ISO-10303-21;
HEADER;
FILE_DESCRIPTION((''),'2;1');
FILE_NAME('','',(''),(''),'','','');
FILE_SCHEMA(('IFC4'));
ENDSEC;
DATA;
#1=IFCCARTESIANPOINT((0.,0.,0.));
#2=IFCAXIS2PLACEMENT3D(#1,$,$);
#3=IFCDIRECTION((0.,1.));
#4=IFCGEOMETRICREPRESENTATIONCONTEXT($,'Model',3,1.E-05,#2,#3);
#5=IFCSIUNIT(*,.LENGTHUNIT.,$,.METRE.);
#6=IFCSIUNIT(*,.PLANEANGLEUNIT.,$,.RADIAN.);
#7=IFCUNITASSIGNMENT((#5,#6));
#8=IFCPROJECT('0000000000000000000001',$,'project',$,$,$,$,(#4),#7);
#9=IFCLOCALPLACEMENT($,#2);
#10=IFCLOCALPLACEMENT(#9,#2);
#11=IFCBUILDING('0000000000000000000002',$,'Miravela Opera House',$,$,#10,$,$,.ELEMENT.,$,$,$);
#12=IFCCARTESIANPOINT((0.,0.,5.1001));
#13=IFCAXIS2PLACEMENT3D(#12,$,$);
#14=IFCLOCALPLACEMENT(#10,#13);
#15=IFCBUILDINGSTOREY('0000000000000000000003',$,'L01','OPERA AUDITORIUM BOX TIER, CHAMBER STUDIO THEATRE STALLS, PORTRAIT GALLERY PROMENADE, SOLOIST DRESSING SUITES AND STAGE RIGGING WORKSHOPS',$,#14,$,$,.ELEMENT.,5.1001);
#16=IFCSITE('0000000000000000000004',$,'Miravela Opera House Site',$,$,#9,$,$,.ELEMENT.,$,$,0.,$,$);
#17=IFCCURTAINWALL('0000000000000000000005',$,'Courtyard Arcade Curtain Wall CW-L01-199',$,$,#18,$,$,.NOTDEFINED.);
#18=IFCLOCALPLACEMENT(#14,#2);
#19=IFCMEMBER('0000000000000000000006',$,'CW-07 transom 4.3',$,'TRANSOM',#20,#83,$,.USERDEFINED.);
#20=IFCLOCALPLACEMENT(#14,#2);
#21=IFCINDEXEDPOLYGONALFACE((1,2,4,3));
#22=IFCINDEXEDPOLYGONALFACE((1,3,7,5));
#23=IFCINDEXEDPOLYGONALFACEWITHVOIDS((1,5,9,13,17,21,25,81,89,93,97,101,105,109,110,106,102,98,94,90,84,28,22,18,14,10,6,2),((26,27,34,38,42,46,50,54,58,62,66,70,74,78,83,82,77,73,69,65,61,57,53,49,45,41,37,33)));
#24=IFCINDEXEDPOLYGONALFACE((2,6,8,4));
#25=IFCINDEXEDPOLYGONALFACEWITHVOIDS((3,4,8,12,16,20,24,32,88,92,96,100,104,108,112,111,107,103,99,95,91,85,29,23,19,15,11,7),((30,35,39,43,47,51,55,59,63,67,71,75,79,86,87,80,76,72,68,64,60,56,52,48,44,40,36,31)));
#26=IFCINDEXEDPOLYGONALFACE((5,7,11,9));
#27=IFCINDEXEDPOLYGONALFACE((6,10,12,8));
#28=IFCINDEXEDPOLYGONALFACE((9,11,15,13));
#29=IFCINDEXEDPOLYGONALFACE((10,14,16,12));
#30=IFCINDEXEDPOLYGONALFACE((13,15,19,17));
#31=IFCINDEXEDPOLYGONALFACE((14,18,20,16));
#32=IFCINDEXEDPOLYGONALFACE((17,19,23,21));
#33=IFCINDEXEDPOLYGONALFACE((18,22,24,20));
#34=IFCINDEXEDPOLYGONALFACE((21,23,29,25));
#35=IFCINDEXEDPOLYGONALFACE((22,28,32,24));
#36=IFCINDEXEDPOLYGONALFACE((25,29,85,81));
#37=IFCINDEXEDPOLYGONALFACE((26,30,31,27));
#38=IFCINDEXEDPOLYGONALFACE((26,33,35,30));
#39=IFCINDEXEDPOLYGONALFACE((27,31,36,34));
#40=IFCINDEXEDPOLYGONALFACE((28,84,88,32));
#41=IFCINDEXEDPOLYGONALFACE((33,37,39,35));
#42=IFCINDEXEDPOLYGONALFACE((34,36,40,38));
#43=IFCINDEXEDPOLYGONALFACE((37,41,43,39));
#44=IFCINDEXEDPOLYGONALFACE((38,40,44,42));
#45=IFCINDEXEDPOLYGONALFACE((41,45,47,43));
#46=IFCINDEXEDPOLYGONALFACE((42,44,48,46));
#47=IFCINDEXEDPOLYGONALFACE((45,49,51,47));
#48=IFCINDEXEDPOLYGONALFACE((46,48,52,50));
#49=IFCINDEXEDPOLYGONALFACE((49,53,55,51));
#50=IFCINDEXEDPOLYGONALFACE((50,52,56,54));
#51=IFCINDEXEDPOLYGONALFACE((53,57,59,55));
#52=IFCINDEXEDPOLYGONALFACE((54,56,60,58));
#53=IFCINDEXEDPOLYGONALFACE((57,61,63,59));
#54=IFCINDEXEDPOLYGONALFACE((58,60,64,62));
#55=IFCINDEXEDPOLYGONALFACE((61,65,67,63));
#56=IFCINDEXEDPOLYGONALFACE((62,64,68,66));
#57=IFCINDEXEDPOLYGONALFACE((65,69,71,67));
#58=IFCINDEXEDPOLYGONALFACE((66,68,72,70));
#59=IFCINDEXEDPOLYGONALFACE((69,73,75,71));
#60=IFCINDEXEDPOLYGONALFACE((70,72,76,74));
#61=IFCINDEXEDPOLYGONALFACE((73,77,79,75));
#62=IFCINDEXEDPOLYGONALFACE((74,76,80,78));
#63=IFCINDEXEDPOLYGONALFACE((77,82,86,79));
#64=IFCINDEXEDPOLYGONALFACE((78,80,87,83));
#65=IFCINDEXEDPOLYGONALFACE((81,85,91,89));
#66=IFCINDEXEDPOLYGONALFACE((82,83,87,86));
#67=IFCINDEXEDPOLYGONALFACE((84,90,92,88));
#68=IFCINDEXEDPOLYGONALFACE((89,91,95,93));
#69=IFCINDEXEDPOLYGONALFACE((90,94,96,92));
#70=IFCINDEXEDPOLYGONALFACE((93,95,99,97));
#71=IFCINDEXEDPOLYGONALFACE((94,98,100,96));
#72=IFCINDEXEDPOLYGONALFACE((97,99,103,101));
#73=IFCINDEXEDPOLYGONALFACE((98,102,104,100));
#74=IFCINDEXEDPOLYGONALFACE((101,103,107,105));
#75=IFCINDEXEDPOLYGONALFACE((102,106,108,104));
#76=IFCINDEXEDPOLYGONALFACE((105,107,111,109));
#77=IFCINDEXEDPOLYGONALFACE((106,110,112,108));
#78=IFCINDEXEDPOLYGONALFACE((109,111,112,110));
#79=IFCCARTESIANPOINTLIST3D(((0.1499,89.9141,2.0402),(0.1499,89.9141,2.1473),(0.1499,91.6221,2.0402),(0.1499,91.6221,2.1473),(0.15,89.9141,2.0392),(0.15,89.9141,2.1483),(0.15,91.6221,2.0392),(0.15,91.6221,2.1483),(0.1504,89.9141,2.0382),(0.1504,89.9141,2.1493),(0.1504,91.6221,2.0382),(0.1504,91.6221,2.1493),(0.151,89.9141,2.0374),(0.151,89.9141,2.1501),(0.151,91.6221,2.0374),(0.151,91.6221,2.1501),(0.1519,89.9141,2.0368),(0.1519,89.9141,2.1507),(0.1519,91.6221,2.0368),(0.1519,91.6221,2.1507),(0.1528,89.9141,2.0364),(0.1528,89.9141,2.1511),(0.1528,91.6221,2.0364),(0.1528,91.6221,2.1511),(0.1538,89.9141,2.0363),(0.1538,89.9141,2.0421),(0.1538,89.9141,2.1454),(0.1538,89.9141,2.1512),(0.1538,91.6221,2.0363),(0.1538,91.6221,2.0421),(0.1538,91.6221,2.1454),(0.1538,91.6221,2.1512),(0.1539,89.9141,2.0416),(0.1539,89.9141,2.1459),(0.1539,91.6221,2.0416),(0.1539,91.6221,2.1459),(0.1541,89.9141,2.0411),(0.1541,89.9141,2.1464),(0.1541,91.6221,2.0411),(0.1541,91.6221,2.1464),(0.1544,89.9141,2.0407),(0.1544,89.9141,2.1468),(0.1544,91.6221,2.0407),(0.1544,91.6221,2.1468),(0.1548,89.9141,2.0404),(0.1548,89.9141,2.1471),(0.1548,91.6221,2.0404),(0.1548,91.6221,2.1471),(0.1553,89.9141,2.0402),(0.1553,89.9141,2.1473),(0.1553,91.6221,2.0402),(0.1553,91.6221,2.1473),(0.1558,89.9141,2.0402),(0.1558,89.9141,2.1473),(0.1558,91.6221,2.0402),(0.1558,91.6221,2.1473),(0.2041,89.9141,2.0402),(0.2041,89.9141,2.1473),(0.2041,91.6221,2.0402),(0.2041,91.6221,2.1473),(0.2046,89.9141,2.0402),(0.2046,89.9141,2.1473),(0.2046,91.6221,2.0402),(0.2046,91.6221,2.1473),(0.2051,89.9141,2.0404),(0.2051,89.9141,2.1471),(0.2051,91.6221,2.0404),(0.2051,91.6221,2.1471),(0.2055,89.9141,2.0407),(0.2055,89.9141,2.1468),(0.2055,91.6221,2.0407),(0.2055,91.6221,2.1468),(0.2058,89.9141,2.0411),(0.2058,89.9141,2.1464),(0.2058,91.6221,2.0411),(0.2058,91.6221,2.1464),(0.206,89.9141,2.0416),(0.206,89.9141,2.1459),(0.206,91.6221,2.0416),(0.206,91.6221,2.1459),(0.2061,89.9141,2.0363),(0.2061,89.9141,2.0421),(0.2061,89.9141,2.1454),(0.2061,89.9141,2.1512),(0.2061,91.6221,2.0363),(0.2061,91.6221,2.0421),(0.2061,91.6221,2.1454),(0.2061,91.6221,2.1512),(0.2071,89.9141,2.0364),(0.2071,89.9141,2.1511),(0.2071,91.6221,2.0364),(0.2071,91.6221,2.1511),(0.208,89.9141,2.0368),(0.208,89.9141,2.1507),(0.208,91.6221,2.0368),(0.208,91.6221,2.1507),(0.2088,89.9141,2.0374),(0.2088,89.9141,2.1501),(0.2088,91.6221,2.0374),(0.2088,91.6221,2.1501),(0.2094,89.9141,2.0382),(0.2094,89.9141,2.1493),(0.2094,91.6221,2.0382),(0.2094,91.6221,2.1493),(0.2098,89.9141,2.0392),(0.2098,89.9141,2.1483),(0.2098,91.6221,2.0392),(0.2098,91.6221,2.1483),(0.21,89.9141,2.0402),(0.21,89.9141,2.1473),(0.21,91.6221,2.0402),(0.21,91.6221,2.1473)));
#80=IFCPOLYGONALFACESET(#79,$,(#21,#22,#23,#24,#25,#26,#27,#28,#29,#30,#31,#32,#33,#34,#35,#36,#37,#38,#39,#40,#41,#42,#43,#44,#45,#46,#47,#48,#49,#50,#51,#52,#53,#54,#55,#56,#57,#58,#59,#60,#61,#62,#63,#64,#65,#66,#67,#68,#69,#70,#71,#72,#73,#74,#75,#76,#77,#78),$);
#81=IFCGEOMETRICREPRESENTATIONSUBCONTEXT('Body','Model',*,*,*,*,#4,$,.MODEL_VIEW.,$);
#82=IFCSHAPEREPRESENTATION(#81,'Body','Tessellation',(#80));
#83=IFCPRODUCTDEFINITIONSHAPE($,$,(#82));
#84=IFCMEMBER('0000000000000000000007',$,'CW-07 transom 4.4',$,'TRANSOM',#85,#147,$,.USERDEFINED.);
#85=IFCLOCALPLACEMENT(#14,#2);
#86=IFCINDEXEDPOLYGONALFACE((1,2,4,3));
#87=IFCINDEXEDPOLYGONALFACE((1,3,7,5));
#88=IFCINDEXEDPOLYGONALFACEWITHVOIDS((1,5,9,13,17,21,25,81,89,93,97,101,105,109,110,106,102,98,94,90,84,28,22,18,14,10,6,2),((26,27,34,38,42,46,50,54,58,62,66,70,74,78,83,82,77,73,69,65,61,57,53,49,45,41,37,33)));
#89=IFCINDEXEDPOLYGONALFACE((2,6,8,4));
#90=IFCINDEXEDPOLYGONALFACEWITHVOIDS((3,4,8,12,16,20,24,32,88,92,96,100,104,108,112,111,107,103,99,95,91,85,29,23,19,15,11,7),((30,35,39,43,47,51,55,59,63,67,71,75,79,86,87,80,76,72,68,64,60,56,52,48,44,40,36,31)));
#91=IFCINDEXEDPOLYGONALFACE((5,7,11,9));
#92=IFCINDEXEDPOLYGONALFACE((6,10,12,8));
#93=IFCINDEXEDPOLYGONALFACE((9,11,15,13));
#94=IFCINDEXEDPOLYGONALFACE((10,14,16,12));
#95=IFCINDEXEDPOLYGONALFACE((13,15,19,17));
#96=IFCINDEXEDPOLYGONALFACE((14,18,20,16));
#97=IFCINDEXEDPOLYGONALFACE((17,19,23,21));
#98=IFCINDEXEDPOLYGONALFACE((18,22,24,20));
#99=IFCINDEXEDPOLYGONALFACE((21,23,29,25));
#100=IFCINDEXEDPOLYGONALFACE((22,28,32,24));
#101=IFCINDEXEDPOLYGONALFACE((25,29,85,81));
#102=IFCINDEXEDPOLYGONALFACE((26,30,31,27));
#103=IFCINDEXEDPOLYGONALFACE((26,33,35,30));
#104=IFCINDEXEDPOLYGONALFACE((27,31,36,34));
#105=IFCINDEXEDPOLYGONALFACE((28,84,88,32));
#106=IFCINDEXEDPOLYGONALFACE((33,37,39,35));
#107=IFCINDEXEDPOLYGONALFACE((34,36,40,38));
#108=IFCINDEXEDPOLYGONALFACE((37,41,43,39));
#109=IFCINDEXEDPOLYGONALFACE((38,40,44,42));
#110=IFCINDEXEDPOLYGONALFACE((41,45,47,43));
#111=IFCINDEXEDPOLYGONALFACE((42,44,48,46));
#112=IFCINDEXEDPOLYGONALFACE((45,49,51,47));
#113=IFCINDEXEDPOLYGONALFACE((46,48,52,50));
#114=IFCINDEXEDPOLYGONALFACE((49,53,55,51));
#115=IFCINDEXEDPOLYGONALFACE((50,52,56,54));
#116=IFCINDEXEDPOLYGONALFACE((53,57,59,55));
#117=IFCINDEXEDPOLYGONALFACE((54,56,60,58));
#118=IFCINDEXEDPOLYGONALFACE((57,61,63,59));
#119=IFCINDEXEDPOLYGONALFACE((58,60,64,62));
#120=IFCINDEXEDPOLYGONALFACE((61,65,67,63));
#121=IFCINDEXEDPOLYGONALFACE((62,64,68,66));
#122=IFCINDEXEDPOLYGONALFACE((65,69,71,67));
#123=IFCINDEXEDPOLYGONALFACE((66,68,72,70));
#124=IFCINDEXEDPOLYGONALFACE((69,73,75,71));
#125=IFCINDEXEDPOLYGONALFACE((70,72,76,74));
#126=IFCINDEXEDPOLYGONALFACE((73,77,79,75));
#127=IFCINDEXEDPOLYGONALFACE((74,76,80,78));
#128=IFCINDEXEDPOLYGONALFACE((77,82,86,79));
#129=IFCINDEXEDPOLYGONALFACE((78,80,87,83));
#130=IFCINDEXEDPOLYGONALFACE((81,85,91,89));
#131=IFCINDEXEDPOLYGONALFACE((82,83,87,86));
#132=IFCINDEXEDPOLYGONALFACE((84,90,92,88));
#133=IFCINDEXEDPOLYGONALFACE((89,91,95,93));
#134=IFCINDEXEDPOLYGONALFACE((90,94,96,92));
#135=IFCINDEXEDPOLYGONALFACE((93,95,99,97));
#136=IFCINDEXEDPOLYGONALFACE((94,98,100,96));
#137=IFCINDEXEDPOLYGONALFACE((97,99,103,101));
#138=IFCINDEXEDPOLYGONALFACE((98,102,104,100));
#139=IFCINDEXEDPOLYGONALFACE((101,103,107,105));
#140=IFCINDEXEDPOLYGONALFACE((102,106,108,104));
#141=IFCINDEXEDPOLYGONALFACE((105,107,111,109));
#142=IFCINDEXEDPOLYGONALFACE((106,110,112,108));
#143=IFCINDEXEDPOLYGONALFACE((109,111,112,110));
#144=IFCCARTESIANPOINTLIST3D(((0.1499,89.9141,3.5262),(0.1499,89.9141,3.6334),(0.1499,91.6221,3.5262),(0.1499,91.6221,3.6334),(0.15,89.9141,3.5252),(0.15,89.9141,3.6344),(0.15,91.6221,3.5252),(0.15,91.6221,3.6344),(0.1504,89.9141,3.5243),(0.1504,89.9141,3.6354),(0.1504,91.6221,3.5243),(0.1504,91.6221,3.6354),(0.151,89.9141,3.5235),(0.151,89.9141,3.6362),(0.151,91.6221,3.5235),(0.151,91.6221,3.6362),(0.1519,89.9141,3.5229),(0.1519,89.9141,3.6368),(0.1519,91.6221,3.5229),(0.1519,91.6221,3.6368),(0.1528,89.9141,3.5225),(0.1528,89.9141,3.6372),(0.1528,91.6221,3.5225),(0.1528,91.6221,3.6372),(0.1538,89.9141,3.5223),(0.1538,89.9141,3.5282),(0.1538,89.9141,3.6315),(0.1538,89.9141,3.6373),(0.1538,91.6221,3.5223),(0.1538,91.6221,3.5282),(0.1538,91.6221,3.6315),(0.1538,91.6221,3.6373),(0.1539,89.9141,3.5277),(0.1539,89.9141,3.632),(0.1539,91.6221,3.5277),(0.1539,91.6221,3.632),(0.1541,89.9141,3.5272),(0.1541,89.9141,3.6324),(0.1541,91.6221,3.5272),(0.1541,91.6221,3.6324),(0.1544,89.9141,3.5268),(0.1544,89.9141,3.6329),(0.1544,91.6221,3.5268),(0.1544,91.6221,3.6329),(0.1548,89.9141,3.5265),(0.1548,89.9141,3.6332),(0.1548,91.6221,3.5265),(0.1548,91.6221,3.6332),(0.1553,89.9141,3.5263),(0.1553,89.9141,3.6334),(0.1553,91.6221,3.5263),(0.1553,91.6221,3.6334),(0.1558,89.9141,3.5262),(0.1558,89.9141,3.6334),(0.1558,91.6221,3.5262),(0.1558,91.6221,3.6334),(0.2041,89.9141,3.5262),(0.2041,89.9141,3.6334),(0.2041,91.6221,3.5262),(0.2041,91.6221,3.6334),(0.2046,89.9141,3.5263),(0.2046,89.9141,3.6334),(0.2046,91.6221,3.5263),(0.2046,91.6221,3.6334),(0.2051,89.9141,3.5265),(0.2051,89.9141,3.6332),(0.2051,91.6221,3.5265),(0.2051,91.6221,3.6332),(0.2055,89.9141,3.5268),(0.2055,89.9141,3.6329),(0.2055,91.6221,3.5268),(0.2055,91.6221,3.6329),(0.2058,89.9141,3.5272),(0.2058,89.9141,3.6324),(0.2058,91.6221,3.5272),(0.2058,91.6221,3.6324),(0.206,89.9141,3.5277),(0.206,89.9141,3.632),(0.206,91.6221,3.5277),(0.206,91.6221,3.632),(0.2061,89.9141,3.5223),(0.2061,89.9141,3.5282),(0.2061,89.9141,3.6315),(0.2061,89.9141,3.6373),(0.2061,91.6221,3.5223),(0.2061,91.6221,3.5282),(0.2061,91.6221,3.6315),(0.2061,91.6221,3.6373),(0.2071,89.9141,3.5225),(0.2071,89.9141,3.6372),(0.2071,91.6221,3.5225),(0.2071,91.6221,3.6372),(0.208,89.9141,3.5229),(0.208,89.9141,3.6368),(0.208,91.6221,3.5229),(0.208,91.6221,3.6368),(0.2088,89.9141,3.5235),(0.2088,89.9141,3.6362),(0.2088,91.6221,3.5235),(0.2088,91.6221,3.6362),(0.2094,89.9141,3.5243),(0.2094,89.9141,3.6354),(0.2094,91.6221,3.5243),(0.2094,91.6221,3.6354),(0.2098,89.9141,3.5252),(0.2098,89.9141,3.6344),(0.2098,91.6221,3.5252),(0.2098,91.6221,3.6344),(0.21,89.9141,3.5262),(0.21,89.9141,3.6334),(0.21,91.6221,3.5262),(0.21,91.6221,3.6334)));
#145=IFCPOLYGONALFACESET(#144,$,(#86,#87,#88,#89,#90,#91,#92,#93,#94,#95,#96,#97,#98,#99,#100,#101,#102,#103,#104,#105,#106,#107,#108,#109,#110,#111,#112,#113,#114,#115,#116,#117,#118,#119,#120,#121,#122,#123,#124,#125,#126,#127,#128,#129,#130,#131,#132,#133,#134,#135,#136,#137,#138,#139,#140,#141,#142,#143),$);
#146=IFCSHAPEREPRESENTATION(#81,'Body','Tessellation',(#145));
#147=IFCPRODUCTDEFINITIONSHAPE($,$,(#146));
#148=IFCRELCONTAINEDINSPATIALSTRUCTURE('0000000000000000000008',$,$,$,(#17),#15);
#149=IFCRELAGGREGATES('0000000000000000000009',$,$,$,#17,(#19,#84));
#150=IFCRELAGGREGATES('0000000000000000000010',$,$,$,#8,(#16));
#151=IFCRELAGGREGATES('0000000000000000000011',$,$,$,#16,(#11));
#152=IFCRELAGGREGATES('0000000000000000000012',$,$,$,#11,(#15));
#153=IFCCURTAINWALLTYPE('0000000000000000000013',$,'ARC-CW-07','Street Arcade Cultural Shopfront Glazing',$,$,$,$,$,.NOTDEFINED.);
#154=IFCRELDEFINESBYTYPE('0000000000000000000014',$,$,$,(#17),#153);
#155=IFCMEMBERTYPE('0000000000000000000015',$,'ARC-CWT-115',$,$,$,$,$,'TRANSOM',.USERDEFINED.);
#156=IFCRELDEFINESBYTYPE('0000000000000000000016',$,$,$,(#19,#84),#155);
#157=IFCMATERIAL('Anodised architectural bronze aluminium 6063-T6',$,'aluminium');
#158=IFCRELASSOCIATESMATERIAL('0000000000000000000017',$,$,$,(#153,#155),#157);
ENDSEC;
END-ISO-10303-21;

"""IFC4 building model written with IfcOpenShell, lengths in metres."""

from ifc_helpers import new_model, si_unit, direction, frame, origin, origin_2d, place, context, subcontext, project, spatial, hollow_rectangle, extrude, material, material_profile, profile_set, type_object, element, aggregate, save


model = new_model("IFC4")

# Units and contexts
model_context = context("Model", 3, precision=1e-05, world=origin(), true_north=direction((0.0, 1.0)))
body_context = subcontext(model_context, "Body", "Model", "MODEL_VIEW")
ifc_project = project(units=[si_unit("LENGTHUNIT", "METRE"), si_unit("PLANEANGLEUNIT", "RADIAN")], contexts=[model_context])

# Site, building, storey
site_placement = place(None, origin())
site = spatial("IfcSite", under=ifc_project, at=site_placement, Name="Miravela Opera House Site", CompositionType="ELEMENT", RefElevation=0.0)
building_placement = place(site_placement, origin())
building = spatial("IfcBuilding", under=site, at=building_placement, Name="Miravela Opera House", CompositionType="ELEMENT")
storey_placement = place(building_placement, frame((0.0, 0.0, 5.1001)))
storey = spatial("IfcBuildingStorey", under=building, at=storey_placement, Name="L01", Description="OPERA AUDITORIUM BOX TIER, CHAMBER STUDIO THEATRE STALLS, PORTRAIT GALLERY PROMENADE, SOLOIST DRESSING SUITES AND STAGE RIGGING WORKSHOPS", CompositionType="ELEMENT", Elevation=5.1001)

# Curtain wall, members
ifc_material_1 = material(Name="Anodised architectural bronze aluminium 6063-T6", Category="aluminium")
curtain_wall_type = type_object("IfcCurtainWallType", Name="ARC-CW-07", Description="Street Arcade Cultural Shopfront Glazing", PredefinedType="NOTDEFINED", material=ifc_material_1)
curtain_wall_placement = place(storey_placement, origin())
curtain_wall = element("IfcCurtainWall", 1, at=curtain_wall_placement, inside=storey, type_object=curtain_wall_type, Name="Courtyard Arcade Curtain Wall CW-L01-199", PredefinedType="NOTDEFINED")
ifc_material_profile_1 = material_profile(ifc_material_1, hollow_rectangle(XDim=0.0601, YDim=0.115, WallThickness=0.0039, InnerFilletRadius=0.002, OuterFilletRadius=0.0039, at=origin_2d()), Name="CWT-60X115")
ifc_profile_set_1 = profile_set([ifc_material_profile_1])
member_type_1 = type_object("IfcMemberType", Name="ARC-CWT-115", ElementType="TRANSOM", PredefinedType="USERDEFINED", material=ifc_profile_set_1)
member_1_placement = place(storey_placement, frame((0.1799, 89.9141, 2.0938), z_axis=(0.0, 1.0, 0.0), x_axis=(-1.0, 0.0, 0.0)))
member_1 = element("IfcMember", 2, at=member_1_placement, type_object=member_type_1, Name="CW-07 transom 4.3", ObjectType="TRANSOM", PredefinedType="USERDEFINED", context=body_context, shape_type="SweptSolid", body=[
    extrude(hollow_rectangle(XDim=0.0601, YDim=0.115, WallThickness=0.0039, InnerFilletRadius=0.002, OuterFilletRadius=0.0039, at=origin_2d()), origin(), (0.0, 0.0, 1.0), 1.708),
])
member_2_placement = place(storey_placement, frame((0.1799, 89.9141, 3.5798), z_axis=(0.0, 1.0, 0.0), x_axis=(-1.0, 0.0, 0.0)))
member_2 = element("IfcMember", 3, at=member_2_placement, type_object=member_type_1, Name="CW-07 transom 4.4", ObjectType="TRANSOM", PredefinedType="USERDEFINED", context=body_context, shape_type="SweptSolid", body=[
    extrude(hollow_rectangle(XDim=0.0601, YDim=0.115, WallThickness=0.0039, InnerFilletRadius=0.002, OuterFilletRadius=0.0039, at=origin_2d()), origin(), (0.0, 0.0, 1.0), 1.708),
])

aggregate(curtain_wall, [member_1, member_2])

save(model, "model.ifc")
